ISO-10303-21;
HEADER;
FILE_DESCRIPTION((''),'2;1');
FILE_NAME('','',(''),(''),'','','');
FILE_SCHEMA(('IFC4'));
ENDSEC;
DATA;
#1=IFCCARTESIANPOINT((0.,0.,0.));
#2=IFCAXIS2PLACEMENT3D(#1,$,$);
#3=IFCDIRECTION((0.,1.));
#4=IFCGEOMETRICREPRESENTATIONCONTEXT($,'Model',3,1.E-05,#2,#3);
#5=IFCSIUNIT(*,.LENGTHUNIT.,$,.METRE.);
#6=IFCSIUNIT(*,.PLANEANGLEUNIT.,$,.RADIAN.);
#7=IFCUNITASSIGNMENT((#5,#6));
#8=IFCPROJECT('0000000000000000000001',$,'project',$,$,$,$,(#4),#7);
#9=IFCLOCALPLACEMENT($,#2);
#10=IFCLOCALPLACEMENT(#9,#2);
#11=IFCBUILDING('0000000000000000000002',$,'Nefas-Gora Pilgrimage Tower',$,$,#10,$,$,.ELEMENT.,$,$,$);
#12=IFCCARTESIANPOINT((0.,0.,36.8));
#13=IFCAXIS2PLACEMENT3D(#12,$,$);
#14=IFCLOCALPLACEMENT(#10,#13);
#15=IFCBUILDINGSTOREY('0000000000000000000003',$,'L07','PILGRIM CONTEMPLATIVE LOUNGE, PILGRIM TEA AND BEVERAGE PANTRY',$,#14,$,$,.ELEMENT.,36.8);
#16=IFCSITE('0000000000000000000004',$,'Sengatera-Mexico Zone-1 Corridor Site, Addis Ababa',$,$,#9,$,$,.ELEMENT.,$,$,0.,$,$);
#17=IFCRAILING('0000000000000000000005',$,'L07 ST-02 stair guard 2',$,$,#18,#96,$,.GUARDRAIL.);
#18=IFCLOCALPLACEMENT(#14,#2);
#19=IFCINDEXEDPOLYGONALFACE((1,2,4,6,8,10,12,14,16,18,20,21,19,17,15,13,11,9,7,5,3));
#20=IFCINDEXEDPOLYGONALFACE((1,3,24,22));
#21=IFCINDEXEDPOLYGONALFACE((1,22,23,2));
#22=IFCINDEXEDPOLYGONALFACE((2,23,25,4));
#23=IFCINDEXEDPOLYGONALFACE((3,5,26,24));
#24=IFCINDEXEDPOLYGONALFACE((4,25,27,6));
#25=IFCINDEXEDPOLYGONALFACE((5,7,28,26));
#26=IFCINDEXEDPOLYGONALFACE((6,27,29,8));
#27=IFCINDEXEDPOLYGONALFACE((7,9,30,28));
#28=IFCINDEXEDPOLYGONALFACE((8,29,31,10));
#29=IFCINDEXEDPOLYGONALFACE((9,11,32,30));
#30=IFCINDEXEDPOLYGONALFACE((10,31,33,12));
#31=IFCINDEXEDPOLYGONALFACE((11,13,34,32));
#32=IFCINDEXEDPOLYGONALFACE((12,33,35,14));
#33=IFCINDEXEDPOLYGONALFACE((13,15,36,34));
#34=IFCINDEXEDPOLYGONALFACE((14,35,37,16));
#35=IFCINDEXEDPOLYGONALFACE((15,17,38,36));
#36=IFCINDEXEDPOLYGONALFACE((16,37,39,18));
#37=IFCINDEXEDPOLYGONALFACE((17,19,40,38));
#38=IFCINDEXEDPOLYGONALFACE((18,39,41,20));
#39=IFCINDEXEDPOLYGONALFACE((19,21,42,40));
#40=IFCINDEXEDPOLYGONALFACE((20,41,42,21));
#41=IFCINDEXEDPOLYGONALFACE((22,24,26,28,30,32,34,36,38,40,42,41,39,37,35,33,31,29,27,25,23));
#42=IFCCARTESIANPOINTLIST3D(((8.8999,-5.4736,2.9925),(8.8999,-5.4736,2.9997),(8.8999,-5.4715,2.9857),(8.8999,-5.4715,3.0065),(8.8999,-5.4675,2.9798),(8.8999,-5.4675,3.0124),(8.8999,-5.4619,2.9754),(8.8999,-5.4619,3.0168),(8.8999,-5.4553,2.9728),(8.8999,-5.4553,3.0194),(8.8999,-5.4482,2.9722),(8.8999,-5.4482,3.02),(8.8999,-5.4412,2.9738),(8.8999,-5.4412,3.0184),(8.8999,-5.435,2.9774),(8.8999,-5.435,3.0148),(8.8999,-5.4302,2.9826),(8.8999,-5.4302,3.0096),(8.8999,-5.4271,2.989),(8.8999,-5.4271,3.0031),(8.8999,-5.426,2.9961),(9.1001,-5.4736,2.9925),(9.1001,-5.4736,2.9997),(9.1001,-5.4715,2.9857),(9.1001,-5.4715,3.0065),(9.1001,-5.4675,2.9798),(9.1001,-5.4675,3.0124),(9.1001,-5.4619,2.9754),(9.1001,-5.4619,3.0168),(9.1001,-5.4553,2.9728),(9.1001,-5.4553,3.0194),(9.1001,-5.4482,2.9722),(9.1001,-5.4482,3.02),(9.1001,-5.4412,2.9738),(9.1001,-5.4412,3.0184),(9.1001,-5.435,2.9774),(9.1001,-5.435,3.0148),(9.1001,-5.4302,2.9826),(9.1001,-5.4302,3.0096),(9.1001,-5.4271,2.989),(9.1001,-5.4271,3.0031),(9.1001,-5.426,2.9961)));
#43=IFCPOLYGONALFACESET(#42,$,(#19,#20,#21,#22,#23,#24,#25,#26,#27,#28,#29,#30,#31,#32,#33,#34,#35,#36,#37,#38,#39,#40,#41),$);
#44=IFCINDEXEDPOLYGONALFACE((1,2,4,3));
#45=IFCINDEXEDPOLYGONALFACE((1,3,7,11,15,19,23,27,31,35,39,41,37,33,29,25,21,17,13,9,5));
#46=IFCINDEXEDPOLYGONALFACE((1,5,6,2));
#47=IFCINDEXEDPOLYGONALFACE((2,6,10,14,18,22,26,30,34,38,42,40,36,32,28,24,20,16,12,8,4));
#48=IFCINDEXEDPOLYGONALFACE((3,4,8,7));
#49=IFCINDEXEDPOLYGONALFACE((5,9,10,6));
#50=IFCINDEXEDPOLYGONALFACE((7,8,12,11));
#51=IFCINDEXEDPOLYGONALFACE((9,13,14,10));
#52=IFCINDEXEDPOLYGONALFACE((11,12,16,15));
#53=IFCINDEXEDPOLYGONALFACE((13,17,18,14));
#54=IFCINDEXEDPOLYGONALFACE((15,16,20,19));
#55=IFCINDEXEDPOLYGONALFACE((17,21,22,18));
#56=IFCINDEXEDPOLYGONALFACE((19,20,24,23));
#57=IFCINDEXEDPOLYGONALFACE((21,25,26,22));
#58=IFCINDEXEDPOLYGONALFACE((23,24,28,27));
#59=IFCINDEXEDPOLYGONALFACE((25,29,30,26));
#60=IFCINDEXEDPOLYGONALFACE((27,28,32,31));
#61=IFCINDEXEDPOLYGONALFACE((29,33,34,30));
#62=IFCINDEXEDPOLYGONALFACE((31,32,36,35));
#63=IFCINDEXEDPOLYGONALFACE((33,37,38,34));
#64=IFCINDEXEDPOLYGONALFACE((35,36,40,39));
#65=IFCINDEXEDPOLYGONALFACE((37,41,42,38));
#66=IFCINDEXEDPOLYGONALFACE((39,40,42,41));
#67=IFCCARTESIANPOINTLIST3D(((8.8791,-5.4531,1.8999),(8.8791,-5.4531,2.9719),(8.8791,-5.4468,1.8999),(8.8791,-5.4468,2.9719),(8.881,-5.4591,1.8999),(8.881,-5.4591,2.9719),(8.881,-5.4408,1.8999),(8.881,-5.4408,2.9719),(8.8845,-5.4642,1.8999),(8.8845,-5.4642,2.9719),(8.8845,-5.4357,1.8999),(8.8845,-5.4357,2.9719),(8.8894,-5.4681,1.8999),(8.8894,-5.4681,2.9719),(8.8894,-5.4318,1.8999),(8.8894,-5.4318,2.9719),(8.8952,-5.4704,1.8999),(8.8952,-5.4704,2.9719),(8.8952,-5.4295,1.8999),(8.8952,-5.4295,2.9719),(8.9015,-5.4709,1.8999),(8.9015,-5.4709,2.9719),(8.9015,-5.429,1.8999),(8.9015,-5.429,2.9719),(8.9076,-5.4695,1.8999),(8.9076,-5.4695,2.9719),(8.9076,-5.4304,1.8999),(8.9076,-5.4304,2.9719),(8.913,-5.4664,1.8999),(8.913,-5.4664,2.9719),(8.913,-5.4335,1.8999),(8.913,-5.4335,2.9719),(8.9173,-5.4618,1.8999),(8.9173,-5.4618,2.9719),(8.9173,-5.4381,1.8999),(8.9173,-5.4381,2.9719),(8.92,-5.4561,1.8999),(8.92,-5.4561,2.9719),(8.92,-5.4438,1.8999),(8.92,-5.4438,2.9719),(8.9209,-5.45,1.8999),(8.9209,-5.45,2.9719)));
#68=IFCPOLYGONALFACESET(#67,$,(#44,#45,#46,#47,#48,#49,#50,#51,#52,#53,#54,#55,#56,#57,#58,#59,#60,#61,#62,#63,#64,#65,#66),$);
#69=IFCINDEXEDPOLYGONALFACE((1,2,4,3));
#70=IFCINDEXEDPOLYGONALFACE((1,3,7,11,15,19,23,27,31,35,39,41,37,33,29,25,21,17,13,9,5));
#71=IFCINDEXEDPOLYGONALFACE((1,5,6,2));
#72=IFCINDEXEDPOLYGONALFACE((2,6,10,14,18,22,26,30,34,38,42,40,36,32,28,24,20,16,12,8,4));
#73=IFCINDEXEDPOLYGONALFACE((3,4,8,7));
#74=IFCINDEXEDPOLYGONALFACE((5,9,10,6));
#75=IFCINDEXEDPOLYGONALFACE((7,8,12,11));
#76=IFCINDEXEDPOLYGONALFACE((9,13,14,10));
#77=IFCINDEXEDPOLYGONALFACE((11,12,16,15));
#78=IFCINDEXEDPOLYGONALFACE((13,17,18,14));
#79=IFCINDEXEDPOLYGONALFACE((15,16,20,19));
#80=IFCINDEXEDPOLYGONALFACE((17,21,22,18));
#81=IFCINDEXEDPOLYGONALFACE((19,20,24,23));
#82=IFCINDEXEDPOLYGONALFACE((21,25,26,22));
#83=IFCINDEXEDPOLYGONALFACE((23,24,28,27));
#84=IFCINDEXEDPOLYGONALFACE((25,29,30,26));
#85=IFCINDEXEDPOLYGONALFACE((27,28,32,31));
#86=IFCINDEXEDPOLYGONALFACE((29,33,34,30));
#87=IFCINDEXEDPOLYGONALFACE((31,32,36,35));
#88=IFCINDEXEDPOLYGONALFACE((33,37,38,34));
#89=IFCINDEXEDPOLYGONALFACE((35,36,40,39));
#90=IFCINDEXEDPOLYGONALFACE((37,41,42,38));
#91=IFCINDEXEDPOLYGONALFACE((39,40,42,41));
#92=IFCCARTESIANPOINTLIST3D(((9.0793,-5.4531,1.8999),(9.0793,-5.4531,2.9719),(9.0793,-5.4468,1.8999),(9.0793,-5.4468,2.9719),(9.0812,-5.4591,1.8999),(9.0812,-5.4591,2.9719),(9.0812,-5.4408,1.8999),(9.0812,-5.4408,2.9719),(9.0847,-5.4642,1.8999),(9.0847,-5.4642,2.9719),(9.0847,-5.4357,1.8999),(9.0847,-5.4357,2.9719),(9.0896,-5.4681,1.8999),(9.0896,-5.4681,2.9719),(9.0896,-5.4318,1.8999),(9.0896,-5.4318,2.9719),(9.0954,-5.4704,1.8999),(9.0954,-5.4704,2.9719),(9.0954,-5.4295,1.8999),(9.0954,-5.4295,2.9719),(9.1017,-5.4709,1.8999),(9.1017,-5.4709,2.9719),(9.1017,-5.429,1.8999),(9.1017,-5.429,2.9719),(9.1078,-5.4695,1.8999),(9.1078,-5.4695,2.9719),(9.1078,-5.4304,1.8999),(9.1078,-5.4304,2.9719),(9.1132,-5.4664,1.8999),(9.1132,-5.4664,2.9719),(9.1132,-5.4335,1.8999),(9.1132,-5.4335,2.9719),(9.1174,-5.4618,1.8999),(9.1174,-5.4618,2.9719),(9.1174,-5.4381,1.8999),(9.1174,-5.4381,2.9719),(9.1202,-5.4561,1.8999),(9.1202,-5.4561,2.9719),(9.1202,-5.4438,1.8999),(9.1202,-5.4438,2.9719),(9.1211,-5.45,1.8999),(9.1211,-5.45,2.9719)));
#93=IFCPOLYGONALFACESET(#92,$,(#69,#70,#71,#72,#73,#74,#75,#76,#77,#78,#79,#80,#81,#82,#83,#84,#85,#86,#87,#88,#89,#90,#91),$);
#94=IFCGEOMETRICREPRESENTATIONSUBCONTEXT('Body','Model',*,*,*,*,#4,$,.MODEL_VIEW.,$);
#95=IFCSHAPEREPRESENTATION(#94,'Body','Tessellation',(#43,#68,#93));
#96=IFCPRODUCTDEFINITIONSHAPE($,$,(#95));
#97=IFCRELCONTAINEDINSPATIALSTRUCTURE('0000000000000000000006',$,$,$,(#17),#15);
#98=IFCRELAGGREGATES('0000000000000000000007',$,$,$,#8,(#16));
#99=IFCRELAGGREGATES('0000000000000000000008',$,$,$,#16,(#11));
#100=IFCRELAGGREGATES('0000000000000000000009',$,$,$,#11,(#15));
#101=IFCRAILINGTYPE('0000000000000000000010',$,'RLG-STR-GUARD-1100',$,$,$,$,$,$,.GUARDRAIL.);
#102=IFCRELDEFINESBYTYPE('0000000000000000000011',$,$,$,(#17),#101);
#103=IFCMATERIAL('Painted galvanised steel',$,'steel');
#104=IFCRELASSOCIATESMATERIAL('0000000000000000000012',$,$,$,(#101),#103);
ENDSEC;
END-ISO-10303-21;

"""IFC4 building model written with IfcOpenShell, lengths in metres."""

from ifc_helpers import new_model, si_unit, direction, frame, origin, origin_2d, place, context, subcontext, project, spatial, circle, extrude, material, type_object, element, save


model = new_model("IFC4")

# Units and contexts
model_context = context("Model", 3, precision=1e-05, world=origin(), true_north=direction((0.0, 1.0)))
body_context = subcontext(model_context, "Body", "Model", "MODEL_VIEW")
ifc_project = project(units=[si_unit("LENGTHUNIT", "METRE"), si_unit("PLANEANGLEUNIT", "RADIAN")], contexts=[model_context])

# Site, building, storey
site_placement = place(None, origin())
site = spatial("IfcSite", under=ifc_project, at=site_placement, Name="Sengatera-Mexico Zone-1 Corridor Site, Addis Ababa", CompositionType="ELEMENT", RefElevation=0.0)
building_placement = place(site_placement, origin())
building = spatial("IfcBuilding", under=site, at=building_placement, Name="Nefas-Gora Pilgrimage Tower", CompositionType="ELEMENT")
storey_placement = place(building_placement, frame((0.0, 0.0, 36.8)))
storey = spatial("IfcBuildingStorey", under=building, at=storey_placement, Name="L07", Description="PILGRIM CONTEMPLATIVE LOUNGE, PILGRIM TEA AND BEVERAGE PANTRY", CompositionType="ELEMENT", Elevation=36.8)

# Railing
ifc_material_1 = material(Name="Painted galvanised steel", Category="steel")
railing_type_1 = type_object("IfcRailingType", Name="RLG-STR-GUARD-1100", PredefinedType="GUARDRAIL", material=ifc_material_1)
railing_1_placement = place(storey_placement, frame((8.8999, -5.45, 1.8999)))
element("IfcRailing", 1, at=railing_1_placement, inside=storey, type_object=railing_type_1, Name="L07 ST-02 stair guard 2", PredefinedType="GUARDRAIL", context=body_context, shape_type="SweptSolid", body=[
    extrude(circle(Radius=0.0239, at=origin_2d()), frame((0.0, 0.0, 1.0962), z_axis=(1.0, 0.0, 0.0), x_axis=(0.0, 1.0, 0.0)), (0.0, 0.0, 1.0), 0.2002),
    extrude(circle(Radius=0.021, at=origin_2d()), origin(), (0.0, 0.0, 1.0), 1.072),
    extrude(circle(Radius=0.021, at=origin_2d()), frame((0.2002, 0.0, 0.0)), (0.0, 0.0, 1.0), 1.072),
])

save(model, "model.ifc")
